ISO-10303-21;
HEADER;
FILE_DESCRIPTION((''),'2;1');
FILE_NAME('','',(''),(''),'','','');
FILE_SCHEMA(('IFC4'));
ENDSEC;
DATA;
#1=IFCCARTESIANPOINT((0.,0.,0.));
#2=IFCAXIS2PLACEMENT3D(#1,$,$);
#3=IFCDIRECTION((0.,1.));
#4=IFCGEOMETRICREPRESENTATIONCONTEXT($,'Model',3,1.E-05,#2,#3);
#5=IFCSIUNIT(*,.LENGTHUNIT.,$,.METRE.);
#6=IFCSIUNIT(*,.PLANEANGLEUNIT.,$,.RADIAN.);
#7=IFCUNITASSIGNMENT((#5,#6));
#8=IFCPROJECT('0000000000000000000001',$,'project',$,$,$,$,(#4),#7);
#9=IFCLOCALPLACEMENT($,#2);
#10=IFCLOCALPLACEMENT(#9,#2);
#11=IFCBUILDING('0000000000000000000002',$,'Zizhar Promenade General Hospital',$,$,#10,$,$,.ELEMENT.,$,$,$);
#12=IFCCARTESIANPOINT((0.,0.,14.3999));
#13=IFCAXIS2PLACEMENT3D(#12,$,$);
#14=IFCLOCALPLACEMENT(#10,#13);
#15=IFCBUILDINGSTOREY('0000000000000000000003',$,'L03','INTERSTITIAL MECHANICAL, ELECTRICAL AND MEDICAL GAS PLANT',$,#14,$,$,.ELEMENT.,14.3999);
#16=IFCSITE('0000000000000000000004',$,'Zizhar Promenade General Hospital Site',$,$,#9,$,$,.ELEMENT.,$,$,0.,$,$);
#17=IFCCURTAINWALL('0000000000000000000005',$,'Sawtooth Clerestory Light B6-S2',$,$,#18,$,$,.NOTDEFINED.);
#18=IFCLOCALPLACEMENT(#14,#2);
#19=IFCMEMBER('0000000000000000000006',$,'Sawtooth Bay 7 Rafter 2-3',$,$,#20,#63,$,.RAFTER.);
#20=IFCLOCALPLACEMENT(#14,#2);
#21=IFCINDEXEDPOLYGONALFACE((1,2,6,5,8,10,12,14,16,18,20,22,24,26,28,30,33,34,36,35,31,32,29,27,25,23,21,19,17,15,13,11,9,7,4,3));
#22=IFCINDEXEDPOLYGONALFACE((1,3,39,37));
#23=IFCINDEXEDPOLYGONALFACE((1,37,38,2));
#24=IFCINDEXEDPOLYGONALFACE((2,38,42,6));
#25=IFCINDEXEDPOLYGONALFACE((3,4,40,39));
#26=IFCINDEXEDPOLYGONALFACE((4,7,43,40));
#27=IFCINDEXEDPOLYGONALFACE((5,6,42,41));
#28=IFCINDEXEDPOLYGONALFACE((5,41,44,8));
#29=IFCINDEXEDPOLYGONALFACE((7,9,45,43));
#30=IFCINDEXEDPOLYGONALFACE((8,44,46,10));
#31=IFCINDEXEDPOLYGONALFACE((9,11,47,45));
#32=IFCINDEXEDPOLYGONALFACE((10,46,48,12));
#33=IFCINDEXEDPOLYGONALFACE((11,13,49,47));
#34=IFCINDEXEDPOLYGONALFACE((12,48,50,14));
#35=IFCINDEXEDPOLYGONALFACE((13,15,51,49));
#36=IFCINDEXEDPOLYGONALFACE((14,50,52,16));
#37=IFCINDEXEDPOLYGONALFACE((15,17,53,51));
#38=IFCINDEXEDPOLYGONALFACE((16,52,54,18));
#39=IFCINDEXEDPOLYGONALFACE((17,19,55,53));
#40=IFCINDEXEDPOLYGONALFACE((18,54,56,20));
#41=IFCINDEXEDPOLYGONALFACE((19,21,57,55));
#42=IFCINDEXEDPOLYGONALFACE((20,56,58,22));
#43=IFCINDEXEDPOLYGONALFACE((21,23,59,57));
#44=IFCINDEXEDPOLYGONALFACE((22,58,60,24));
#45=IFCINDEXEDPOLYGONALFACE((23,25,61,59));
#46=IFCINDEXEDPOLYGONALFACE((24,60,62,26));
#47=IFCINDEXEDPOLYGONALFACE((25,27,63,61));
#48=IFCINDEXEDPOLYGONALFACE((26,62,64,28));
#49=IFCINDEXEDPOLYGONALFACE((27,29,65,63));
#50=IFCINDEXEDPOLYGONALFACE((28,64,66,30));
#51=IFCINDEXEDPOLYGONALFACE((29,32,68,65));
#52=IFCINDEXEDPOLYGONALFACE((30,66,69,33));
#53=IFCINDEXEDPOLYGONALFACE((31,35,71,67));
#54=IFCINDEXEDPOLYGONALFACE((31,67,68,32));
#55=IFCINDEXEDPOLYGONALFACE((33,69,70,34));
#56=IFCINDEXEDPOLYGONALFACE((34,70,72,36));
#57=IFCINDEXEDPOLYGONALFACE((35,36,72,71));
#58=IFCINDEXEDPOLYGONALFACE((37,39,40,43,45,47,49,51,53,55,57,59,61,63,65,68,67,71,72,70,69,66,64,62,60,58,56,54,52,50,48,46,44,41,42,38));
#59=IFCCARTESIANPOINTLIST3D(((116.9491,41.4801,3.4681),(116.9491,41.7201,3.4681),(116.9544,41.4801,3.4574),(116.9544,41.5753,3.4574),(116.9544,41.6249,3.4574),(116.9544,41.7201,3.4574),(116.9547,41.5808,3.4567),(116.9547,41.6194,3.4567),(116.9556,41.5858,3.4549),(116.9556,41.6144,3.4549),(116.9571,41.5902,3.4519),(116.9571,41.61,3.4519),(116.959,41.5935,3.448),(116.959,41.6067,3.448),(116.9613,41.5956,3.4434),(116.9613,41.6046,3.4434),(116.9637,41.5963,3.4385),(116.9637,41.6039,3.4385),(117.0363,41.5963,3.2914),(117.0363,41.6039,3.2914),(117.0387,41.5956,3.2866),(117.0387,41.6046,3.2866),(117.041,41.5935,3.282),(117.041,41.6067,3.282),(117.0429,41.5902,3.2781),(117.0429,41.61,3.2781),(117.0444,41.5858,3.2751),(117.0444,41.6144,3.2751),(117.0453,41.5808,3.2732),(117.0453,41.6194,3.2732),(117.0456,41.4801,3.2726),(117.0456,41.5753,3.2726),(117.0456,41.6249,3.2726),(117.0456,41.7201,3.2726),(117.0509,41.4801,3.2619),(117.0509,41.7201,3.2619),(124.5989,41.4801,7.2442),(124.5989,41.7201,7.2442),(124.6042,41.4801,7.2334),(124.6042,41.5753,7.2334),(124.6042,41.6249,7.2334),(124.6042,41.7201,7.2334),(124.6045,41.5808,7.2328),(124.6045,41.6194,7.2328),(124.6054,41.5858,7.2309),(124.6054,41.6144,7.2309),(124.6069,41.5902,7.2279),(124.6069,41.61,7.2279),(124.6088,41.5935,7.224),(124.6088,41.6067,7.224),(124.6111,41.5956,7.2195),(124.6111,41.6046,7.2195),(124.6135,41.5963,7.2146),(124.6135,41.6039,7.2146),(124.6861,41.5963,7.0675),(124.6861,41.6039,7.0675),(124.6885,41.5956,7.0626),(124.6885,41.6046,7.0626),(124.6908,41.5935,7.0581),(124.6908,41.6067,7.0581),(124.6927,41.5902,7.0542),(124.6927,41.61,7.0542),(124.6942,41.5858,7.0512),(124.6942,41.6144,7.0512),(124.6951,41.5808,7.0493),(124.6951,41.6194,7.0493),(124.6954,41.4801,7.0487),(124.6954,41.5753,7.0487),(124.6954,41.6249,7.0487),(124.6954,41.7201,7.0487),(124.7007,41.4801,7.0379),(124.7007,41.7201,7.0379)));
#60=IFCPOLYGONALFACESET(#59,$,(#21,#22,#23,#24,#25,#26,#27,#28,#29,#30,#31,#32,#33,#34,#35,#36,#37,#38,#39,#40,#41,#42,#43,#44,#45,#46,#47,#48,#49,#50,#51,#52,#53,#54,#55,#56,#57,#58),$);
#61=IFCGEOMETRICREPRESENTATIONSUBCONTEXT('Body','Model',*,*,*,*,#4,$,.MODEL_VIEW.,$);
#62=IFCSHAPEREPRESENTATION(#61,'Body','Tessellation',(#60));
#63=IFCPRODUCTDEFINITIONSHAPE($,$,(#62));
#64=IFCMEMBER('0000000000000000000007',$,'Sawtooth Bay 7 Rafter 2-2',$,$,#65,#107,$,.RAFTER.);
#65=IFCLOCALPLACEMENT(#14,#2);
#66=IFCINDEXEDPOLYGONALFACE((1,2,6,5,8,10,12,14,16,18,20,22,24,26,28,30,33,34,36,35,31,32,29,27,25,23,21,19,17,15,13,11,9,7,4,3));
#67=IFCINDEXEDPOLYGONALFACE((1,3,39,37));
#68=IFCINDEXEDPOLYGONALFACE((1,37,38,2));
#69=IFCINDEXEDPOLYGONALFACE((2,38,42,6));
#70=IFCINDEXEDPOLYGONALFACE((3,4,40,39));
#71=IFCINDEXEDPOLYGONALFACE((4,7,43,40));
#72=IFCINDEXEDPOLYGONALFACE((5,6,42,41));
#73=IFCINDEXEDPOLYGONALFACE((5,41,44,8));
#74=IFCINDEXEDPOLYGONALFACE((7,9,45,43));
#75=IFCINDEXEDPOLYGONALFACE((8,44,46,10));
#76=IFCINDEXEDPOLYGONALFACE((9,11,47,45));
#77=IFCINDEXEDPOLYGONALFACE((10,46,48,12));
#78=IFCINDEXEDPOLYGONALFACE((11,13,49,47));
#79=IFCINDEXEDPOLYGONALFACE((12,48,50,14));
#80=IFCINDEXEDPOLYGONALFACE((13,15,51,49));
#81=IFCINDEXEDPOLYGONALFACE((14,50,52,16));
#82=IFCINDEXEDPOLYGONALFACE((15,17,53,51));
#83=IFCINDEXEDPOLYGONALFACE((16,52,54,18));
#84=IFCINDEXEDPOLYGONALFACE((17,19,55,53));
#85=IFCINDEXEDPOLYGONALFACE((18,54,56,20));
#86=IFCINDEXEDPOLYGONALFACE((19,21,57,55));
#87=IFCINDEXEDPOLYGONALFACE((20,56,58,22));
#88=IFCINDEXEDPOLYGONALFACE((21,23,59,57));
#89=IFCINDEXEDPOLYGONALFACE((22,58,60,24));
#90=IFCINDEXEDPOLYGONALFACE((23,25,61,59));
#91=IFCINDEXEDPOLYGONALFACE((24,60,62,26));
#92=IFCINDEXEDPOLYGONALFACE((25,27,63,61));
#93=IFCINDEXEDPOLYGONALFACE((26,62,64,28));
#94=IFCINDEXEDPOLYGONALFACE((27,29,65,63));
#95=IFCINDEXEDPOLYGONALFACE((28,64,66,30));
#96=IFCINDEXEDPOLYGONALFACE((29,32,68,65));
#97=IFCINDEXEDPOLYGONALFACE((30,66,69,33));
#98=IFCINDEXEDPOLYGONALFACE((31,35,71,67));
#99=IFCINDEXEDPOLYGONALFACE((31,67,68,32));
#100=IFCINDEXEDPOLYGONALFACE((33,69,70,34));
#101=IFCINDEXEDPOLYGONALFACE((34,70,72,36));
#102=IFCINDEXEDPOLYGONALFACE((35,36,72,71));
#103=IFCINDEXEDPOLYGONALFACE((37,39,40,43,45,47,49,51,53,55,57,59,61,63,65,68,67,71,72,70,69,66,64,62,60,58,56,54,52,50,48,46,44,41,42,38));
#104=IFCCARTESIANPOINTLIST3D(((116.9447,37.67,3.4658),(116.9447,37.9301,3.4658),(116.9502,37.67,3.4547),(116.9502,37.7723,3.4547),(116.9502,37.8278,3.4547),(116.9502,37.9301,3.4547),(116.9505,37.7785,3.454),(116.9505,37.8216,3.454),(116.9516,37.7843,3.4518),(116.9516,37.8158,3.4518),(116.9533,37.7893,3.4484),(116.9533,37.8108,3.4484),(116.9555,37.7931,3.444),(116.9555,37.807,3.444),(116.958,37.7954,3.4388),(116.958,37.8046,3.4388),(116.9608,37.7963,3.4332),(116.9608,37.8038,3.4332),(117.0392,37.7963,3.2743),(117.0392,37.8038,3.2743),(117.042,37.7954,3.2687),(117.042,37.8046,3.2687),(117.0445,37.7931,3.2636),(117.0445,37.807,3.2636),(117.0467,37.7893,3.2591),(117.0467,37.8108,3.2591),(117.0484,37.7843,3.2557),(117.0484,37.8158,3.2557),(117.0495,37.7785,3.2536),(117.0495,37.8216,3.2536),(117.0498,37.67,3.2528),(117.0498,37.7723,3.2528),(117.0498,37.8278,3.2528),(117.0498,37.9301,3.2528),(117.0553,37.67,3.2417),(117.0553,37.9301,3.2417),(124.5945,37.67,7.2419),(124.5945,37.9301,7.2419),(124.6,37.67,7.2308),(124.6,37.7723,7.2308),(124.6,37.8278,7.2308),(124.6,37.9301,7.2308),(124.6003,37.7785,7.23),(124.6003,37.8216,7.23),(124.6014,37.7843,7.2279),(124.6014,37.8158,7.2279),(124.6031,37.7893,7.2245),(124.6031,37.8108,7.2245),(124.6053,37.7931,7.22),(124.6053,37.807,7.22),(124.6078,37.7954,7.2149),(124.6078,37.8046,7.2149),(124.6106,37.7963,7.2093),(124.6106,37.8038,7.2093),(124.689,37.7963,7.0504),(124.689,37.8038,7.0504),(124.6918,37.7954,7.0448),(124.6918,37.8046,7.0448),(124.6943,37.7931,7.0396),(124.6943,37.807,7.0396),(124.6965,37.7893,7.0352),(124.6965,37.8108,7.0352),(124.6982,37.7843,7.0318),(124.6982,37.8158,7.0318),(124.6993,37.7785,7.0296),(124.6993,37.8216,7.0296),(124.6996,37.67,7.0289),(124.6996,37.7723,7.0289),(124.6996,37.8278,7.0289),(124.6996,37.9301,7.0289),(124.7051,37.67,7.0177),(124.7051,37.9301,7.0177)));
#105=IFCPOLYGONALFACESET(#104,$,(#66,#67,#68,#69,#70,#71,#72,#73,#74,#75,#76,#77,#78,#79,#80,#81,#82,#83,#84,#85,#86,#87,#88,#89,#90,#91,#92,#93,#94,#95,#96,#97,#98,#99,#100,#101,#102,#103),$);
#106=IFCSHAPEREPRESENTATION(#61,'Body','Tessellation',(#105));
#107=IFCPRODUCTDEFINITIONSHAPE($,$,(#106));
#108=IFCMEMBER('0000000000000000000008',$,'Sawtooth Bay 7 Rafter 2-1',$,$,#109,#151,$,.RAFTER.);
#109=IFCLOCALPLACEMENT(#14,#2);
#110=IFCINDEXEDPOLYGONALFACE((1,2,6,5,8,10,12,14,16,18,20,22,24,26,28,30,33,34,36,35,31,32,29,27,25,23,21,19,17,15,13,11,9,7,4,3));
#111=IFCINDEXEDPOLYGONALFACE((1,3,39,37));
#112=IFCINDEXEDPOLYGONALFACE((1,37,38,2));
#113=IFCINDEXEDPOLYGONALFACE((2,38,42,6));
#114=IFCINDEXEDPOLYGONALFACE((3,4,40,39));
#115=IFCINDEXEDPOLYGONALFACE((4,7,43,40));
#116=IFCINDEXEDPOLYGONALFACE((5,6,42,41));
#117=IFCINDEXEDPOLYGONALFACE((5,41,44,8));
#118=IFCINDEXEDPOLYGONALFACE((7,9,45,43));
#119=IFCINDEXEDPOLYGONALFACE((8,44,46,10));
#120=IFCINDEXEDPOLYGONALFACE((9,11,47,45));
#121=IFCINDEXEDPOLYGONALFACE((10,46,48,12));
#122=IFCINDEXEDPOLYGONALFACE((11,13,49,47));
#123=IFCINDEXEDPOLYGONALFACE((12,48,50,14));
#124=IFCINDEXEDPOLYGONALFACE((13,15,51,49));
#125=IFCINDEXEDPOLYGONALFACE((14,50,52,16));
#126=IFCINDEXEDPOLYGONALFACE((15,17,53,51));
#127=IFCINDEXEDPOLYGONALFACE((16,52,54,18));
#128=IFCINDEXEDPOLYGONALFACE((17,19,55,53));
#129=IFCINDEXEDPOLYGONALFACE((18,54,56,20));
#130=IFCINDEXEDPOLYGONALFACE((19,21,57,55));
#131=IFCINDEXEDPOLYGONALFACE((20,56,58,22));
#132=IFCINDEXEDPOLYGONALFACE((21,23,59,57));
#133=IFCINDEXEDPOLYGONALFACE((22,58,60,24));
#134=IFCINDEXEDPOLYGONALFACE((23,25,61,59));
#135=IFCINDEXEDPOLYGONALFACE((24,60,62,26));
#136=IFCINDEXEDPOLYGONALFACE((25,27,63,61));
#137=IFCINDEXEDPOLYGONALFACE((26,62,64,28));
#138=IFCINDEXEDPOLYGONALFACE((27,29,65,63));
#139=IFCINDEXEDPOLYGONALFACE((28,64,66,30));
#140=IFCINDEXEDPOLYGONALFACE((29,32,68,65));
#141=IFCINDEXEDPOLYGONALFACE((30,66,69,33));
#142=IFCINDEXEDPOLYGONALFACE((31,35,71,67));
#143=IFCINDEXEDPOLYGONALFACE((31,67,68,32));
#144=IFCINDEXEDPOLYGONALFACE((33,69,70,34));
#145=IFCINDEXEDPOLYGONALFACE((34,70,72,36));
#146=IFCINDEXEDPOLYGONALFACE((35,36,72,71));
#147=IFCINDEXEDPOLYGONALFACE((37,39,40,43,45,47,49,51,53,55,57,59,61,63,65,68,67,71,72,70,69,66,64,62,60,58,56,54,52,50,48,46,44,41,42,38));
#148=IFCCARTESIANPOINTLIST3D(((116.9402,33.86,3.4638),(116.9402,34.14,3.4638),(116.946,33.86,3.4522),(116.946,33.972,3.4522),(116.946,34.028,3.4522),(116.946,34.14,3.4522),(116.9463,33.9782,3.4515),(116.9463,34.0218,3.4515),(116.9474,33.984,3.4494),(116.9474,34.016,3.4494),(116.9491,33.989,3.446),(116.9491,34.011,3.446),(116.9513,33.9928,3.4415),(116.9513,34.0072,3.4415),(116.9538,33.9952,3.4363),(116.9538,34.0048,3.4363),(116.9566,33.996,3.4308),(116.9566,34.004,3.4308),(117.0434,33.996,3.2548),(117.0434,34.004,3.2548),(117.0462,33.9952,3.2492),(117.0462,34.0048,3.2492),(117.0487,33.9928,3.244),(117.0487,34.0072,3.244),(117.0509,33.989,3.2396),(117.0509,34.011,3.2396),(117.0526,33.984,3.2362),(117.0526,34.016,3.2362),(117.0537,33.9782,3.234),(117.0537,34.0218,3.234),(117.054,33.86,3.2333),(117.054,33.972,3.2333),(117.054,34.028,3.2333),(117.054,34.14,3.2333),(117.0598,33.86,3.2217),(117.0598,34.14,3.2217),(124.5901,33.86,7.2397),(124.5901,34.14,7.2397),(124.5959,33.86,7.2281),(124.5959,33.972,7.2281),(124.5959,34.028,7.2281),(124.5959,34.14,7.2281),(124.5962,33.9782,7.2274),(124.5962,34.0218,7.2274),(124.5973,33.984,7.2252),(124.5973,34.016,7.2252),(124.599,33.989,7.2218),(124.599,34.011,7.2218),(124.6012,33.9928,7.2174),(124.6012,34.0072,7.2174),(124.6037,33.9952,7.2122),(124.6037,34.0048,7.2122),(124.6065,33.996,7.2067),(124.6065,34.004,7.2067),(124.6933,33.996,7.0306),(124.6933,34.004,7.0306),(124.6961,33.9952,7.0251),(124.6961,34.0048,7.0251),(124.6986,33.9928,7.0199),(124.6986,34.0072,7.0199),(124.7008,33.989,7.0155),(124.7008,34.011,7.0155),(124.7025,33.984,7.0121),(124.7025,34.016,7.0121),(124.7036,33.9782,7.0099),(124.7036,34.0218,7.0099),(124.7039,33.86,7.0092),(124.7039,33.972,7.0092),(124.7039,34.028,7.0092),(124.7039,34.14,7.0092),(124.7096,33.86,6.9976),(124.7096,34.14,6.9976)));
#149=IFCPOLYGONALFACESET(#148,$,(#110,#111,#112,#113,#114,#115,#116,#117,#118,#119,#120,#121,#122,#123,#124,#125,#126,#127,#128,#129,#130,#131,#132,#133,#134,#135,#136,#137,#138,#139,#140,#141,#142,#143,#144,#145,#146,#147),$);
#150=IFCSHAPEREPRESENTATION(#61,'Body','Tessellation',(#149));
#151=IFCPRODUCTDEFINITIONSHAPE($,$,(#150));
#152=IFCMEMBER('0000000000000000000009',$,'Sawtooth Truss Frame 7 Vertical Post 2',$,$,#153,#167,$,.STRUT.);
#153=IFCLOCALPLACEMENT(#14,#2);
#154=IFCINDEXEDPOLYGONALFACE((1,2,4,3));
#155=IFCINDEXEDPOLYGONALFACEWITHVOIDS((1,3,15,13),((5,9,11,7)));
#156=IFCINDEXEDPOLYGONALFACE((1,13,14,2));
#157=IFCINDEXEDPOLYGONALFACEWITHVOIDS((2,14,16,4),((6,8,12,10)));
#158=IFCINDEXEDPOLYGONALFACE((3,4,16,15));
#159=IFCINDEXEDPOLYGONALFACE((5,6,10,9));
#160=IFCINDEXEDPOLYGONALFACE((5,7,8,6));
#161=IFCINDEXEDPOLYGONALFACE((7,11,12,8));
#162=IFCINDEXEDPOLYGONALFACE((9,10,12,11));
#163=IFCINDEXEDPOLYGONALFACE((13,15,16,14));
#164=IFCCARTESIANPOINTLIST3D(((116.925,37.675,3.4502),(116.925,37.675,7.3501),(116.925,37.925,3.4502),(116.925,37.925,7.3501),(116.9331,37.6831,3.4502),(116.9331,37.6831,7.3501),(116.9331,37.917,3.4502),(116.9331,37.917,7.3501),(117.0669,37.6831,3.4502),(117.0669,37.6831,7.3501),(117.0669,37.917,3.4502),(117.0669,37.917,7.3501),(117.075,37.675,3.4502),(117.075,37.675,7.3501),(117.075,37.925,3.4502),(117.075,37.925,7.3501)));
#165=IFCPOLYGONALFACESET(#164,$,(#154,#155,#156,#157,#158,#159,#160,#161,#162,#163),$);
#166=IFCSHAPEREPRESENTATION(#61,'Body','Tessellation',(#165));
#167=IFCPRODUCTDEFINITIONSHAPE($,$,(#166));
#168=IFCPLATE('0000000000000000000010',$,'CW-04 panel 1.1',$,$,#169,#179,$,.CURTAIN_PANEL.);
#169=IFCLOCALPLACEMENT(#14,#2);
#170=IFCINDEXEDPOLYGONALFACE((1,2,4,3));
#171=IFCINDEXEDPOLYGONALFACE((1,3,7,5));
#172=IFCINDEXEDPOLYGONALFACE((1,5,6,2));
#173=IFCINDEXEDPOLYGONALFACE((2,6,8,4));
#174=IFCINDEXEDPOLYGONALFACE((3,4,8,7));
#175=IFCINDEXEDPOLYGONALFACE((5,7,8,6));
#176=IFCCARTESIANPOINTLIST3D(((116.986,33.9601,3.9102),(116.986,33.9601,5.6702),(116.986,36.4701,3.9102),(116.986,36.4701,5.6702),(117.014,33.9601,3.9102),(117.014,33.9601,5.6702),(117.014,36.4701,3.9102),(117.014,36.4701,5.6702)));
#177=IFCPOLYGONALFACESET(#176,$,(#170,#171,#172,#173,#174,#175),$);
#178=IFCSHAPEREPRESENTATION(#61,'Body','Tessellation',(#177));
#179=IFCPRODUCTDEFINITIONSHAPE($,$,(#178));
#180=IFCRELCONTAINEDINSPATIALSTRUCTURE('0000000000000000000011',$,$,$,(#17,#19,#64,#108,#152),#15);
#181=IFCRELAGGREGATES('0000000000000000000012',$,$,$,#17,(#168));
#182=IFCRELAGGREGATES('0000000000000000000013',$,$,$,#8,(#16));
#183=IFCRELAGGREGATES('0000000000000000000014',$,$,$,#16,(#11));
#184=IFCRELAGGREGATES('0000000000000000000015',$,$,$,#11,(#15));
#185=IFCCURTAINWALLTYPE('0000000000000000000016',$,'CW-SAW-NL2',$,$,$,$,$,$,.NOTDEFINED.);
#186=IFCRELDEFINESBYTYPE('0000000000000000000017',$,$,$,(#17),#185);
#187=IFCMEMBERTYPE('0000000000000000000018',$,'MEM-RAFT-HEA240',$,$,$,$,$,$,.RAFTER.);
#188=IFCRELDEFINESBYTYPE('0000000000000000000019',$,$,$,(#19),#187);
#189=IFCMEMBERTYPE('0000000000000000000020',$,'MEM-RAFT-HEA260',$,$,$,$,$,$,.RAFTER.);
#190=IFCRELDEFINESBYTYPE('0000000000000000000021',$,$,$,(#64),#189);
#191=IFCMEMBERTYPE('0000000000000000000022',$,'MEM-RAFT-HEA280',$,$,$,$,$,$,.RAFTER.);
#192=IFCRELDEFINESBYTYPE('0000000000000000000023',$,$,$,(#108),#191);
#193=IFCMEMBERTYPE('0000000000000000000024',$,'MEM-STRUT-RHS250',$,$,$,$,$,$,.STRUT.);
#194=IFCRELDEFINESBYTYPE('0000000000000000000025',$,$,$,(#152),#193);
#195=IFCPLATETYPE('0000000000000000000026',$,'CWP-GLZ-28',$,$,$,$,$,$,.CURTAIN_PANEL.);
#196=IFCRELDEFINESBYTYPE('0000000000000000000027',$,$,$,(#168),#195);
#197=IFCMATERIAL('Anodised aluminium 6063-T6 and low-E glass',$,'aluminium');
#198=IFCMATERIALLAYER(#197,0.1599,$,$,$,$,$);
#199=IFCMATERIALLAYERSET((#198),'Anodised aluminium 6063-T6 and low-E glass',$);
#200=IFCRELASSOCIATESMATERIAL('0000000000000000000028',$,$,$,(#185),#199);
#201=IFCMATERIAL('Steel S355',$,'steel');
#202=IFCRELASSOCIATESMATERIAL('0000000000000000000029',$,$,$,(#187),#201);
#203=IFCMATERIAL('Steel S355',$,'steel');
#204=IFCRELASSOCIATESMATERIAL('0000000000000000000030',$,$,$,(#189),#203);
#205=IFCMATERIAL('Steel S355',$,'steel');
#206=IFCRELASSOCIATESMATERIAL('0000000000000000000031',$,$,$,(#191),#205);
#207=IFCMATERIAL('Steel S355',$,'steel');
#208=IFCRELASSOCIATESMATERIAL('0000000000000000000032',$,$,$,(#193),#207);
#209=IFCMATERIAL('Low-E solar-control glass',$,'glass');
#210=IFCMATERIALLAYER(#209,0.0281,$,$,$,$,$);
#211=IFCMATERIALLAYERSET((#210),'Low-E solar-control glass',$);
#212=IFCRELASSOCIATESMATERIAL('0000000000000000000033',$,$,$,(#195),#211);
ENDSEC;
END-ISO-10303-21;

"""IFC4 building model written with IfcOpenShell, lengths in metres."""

from ifc_helpers import new_model, si_unit, direction, frame, origin, origin_2d, place, context, subcontext, project, spatial, rectangle, hollow_rectangle, i_section, extrude, material, layer, layer_set, material_profile, profile_set, type_object, element, aggregate, save


model = new_model("IFC4")

# Units and contexts
model_context = context("Model", 3, precision=1e-05, world=origin(), true_north=direction((0.0, 1.0)))
body_context = subcontext(model_context, "Body", "Model", "MODEL_VIEW")
ifc_project = project(units=[si_unit("LENGTHUNIT", "METRE"), si_unit("PLANEANGLEUNIT", "RADIAN")], contexts=[model_context])

# Site, building, storey
site_placement = place(None, origin())
site = spatial("IfcSite", under=ifc_project, at=site_placement, Name="Zizhar Promenade General Hospital Site", CompositionType="ELEMENT", RefElevation=0.0)
building_placement = place(site_placement, origin())
building = spatial("IfcBuilding", under=site, at=building_placement, Name="Zizhar Promenade General Hospital", CompositionType="ELEMENT")
storey_placement = place(building_placement, frame((0.0, 0.0, 14.3999)))
storey = spatial("IfcBuildingStorey", under=building, at=storey_placement, Name="L03", Description="INTERSTITIAL MECHANICAL, ELECTRICAL AND MEDICAL GAS PLANT", CompositionType="ELEMENT", Elevation=14.3999)

# Curtain wall
ifc_material_1 = material(Name="Anodised aluminium 6063-T6 and low-E glass", Category="aluminium")
ifc_layer_1 = layer(ifc_material_1, 0.1599)
ifc_layer_set_1 = layer_set([ifc_layer_1], Name="Anodised aluminium 6063-T6 and low-E glass")
curtain_wall_type = type_object("IfcCurtainWallType", Name="CW-SAW-NL2", PredefinedType="NOTDEFINED", material=ifc_layer_set_1)
curtain_wall_placement = place(storey_placement, origin())
curtain_wall = element("IfcCurtainWall", 1, at=curtain_wall_placement, inside=storey, type_object=curtain_wall_type, Name="Sawtooth Clerestory Light B6-S2", PredefinedType="NOTDEFINED")

# Members
ifc_material_2 = material(Name="Steel S355", Category="steel")
ifc_material_profile_1 = material_profile(ifc_material_2, i_section(OverallWidth=0.24, OverallDepth=0.23, WebThickness=0.0076, FlangeThickness=0.012, FilletRadius=0.021, at=origin_2d()))
ifc_profile_set_1 = profile_set([ifc_material_profile_1], Name="Steel S355")
member_type_1 = type_object("IfcMemberType", Name="MEM-RAFT-HEA240", PredefinedType="RAFTER", material=ifc_profile_set_1)
member_1_placement = place(storey_placement, frame((117.0, 41.6001, 3.365), z_axis=(0.896705, 0.0, 0.442629), x_axis=(0.0, 1.0, 0.0)))
element("IfcMember", 2, at=member_1_placement, inside=storey, type_object=member_type_1, Name="Sawtooth Bay 7 Rafter 2-3", PredefinedType="RAFTER", context=body_context, shape_type="SweptSolid", body=[
    extrude(i_section(OverallWidth=0.24, OverallDepth=0.23, WebThickness=0.0076, FlangeThickness=0.012, FilletRadius=0.021, at=origin_2d()), origin(), (0.0, 0.0, 1.0), 8.531),
])
ifc_material_3 = material(Name="Steel S355", Category="steel")
ifc_material_profile_2 = material_profile(ifc_material_3, i_section(OverallWidth=0.26, OverallDepth=0.25, WebThickness=0.0076, FlangeThickness=0.0125, FilletRadius=0.0239, at=origin_2d()))
ifc_profile_set_2 = profile_set([ifc_material_profile_2], Name="Steel S355")
member_type_2 = type_object("IfcMemberType", Name="MEM-RAFT-HEA260", PredefinedType="RAFTER", material=ifc_profile_set_2)
member_2_placement = place(storey_placement, frame((117.0, 37.8, 3.3538), z_axis=(0.896705, 0.0, 0.442629), x_axis=(0.0, 1.0, 0.0)))
element("IfcMember", 3, at=member_2_placement, inside=storey, type_object=member_type_2, Name="Sawtooth Bay 7 Rafter 2-2", PredefinedType="RAFTER", context=body_context, shape_type="SweptSolid", body=[
    extrude(i_section(OverallWidth=0.26, OverallDepth=0.25, WebThickness=0.0076, FlangeThickness=0.0125, FilletRadius=0.0239, at=origin_2d()), origin(), (0.0, 0.0, 1.0), 8.531),
])
ifc_material_4 = material(Name="Steel S355", Category="steel")
ifc_material_profile_3 = material_profile(ifc_material_4, i_section(OverallWidth=0.28, OverallDepth=0.27, WebThickness=0.0081, FlangeThickness=0.0129, FilletRadius=0.0239, at=origin_2d()))
ifc_profile_set_3 = profile_set([ifc_material_profile_3], Name="Steel S355")
member_type_3 = type_object("IfcMemberType", Name="MEM-RAFT-HEA280", PredefinedType="RAFTER", material=ifc_profile_set_3)
member_3_placement = place(storey_placement, frame((117.0, 34.0, 3.3428), z_axis=(0.896716, 0.0, 0.442606), x_axis=(0.0, 1.0, 0.0)))
element("IfcMember", 4, at=member_3_placement, inside=storey, type_object=member_type_3, Name="Sawtooth Bay 7 Rafter 2-1", PredefinedType="RAFTER", context=body_context, shape_type="SweptSolid", body=[
    extrude(i_section(OverallWidth=0.28, OverallDepth=0.27, WebThickness=0.0081, FlangeThickness=0.0129, FilletRadius=0.0239, at=origin_2d()), origin(), (0.0, 0.0, 1.0), 8.531),
])
ifc_material_5 = material(Name="Steel S355", Category="steel")
ifc_material_profile_4 = material_profile(ifc_material_5, hollow_rectangle(XDim=0.1499, YDim=0.25, WallThickness=0.0081, at=origin_2d()))
ifc_profile_set_4 = profile_set([ifc_material_profile_4], Name="Steel S355")
member_type_4 = type_object("IfcMemberType", Name="MEM-STRUT-RHS250", PredefinedType="STRUT", material=ifc_profile_set_4)
member_4_placement = place(storey_placement, frame((117.0, 37.8, 3.4502), z_axis=(0.0, 0.0, 1.0), x_axis=(1.0, 0.0, 0.0)))
element("IfcMember", 5, at=member_4_placement, inside=storey, type_object=member_type_4, Name="Sawtooth Truss Frame 7 Vertical Post 2", PredefinedType="STRUT", context=body_context, shape_type="SweptSolid", body=[
    extrude(hollow_rectangle(XDim=0.1499, YDim=0.25, WallThickness=0.0081, at=origin_2d()), origin(), (0.0, 0.0, 1.0), 3.8999),
])

# Plate
ifc_material_6 = material(Name="Low-E solar-control glass", Category="glass")
ifc_layer_2 = layer(ifc_material_6, 0.0281)
ifc_layer_set_2 = layer_set([ifc_layer_2], Name="Low-E solar-control glass")
plate_type = type_object("IfcPlateType", Name="CWP-GLZ-28", PredefinedType="CURTAIN_PANEL", material=ifc_layer_set_2)
plate_1_placement = place(storey_placement, frame((117.0, 35.2151, 3.9102), z_axis=(0.0, 0.0, 1.0), x_axis=(0.0, 1.0, 0.0)))
plate_1 = element("IfcPlate", 6, at=plate_1_placement, type_object=plate_type, Name="CW-04 panel 1.1", PredefinedType="CURTAIN_PANEL", context=body_context, shape_type="SweptSolid", body=[
    extrude(rectangle(XDim=2.51, YDim=0.0281, at=origin_2d()), origin(), (0.0, 0.0, 1.0), 1.76),
])
aggregate(curtain_wall, [plate_1])

save(model, "model.ifc")
